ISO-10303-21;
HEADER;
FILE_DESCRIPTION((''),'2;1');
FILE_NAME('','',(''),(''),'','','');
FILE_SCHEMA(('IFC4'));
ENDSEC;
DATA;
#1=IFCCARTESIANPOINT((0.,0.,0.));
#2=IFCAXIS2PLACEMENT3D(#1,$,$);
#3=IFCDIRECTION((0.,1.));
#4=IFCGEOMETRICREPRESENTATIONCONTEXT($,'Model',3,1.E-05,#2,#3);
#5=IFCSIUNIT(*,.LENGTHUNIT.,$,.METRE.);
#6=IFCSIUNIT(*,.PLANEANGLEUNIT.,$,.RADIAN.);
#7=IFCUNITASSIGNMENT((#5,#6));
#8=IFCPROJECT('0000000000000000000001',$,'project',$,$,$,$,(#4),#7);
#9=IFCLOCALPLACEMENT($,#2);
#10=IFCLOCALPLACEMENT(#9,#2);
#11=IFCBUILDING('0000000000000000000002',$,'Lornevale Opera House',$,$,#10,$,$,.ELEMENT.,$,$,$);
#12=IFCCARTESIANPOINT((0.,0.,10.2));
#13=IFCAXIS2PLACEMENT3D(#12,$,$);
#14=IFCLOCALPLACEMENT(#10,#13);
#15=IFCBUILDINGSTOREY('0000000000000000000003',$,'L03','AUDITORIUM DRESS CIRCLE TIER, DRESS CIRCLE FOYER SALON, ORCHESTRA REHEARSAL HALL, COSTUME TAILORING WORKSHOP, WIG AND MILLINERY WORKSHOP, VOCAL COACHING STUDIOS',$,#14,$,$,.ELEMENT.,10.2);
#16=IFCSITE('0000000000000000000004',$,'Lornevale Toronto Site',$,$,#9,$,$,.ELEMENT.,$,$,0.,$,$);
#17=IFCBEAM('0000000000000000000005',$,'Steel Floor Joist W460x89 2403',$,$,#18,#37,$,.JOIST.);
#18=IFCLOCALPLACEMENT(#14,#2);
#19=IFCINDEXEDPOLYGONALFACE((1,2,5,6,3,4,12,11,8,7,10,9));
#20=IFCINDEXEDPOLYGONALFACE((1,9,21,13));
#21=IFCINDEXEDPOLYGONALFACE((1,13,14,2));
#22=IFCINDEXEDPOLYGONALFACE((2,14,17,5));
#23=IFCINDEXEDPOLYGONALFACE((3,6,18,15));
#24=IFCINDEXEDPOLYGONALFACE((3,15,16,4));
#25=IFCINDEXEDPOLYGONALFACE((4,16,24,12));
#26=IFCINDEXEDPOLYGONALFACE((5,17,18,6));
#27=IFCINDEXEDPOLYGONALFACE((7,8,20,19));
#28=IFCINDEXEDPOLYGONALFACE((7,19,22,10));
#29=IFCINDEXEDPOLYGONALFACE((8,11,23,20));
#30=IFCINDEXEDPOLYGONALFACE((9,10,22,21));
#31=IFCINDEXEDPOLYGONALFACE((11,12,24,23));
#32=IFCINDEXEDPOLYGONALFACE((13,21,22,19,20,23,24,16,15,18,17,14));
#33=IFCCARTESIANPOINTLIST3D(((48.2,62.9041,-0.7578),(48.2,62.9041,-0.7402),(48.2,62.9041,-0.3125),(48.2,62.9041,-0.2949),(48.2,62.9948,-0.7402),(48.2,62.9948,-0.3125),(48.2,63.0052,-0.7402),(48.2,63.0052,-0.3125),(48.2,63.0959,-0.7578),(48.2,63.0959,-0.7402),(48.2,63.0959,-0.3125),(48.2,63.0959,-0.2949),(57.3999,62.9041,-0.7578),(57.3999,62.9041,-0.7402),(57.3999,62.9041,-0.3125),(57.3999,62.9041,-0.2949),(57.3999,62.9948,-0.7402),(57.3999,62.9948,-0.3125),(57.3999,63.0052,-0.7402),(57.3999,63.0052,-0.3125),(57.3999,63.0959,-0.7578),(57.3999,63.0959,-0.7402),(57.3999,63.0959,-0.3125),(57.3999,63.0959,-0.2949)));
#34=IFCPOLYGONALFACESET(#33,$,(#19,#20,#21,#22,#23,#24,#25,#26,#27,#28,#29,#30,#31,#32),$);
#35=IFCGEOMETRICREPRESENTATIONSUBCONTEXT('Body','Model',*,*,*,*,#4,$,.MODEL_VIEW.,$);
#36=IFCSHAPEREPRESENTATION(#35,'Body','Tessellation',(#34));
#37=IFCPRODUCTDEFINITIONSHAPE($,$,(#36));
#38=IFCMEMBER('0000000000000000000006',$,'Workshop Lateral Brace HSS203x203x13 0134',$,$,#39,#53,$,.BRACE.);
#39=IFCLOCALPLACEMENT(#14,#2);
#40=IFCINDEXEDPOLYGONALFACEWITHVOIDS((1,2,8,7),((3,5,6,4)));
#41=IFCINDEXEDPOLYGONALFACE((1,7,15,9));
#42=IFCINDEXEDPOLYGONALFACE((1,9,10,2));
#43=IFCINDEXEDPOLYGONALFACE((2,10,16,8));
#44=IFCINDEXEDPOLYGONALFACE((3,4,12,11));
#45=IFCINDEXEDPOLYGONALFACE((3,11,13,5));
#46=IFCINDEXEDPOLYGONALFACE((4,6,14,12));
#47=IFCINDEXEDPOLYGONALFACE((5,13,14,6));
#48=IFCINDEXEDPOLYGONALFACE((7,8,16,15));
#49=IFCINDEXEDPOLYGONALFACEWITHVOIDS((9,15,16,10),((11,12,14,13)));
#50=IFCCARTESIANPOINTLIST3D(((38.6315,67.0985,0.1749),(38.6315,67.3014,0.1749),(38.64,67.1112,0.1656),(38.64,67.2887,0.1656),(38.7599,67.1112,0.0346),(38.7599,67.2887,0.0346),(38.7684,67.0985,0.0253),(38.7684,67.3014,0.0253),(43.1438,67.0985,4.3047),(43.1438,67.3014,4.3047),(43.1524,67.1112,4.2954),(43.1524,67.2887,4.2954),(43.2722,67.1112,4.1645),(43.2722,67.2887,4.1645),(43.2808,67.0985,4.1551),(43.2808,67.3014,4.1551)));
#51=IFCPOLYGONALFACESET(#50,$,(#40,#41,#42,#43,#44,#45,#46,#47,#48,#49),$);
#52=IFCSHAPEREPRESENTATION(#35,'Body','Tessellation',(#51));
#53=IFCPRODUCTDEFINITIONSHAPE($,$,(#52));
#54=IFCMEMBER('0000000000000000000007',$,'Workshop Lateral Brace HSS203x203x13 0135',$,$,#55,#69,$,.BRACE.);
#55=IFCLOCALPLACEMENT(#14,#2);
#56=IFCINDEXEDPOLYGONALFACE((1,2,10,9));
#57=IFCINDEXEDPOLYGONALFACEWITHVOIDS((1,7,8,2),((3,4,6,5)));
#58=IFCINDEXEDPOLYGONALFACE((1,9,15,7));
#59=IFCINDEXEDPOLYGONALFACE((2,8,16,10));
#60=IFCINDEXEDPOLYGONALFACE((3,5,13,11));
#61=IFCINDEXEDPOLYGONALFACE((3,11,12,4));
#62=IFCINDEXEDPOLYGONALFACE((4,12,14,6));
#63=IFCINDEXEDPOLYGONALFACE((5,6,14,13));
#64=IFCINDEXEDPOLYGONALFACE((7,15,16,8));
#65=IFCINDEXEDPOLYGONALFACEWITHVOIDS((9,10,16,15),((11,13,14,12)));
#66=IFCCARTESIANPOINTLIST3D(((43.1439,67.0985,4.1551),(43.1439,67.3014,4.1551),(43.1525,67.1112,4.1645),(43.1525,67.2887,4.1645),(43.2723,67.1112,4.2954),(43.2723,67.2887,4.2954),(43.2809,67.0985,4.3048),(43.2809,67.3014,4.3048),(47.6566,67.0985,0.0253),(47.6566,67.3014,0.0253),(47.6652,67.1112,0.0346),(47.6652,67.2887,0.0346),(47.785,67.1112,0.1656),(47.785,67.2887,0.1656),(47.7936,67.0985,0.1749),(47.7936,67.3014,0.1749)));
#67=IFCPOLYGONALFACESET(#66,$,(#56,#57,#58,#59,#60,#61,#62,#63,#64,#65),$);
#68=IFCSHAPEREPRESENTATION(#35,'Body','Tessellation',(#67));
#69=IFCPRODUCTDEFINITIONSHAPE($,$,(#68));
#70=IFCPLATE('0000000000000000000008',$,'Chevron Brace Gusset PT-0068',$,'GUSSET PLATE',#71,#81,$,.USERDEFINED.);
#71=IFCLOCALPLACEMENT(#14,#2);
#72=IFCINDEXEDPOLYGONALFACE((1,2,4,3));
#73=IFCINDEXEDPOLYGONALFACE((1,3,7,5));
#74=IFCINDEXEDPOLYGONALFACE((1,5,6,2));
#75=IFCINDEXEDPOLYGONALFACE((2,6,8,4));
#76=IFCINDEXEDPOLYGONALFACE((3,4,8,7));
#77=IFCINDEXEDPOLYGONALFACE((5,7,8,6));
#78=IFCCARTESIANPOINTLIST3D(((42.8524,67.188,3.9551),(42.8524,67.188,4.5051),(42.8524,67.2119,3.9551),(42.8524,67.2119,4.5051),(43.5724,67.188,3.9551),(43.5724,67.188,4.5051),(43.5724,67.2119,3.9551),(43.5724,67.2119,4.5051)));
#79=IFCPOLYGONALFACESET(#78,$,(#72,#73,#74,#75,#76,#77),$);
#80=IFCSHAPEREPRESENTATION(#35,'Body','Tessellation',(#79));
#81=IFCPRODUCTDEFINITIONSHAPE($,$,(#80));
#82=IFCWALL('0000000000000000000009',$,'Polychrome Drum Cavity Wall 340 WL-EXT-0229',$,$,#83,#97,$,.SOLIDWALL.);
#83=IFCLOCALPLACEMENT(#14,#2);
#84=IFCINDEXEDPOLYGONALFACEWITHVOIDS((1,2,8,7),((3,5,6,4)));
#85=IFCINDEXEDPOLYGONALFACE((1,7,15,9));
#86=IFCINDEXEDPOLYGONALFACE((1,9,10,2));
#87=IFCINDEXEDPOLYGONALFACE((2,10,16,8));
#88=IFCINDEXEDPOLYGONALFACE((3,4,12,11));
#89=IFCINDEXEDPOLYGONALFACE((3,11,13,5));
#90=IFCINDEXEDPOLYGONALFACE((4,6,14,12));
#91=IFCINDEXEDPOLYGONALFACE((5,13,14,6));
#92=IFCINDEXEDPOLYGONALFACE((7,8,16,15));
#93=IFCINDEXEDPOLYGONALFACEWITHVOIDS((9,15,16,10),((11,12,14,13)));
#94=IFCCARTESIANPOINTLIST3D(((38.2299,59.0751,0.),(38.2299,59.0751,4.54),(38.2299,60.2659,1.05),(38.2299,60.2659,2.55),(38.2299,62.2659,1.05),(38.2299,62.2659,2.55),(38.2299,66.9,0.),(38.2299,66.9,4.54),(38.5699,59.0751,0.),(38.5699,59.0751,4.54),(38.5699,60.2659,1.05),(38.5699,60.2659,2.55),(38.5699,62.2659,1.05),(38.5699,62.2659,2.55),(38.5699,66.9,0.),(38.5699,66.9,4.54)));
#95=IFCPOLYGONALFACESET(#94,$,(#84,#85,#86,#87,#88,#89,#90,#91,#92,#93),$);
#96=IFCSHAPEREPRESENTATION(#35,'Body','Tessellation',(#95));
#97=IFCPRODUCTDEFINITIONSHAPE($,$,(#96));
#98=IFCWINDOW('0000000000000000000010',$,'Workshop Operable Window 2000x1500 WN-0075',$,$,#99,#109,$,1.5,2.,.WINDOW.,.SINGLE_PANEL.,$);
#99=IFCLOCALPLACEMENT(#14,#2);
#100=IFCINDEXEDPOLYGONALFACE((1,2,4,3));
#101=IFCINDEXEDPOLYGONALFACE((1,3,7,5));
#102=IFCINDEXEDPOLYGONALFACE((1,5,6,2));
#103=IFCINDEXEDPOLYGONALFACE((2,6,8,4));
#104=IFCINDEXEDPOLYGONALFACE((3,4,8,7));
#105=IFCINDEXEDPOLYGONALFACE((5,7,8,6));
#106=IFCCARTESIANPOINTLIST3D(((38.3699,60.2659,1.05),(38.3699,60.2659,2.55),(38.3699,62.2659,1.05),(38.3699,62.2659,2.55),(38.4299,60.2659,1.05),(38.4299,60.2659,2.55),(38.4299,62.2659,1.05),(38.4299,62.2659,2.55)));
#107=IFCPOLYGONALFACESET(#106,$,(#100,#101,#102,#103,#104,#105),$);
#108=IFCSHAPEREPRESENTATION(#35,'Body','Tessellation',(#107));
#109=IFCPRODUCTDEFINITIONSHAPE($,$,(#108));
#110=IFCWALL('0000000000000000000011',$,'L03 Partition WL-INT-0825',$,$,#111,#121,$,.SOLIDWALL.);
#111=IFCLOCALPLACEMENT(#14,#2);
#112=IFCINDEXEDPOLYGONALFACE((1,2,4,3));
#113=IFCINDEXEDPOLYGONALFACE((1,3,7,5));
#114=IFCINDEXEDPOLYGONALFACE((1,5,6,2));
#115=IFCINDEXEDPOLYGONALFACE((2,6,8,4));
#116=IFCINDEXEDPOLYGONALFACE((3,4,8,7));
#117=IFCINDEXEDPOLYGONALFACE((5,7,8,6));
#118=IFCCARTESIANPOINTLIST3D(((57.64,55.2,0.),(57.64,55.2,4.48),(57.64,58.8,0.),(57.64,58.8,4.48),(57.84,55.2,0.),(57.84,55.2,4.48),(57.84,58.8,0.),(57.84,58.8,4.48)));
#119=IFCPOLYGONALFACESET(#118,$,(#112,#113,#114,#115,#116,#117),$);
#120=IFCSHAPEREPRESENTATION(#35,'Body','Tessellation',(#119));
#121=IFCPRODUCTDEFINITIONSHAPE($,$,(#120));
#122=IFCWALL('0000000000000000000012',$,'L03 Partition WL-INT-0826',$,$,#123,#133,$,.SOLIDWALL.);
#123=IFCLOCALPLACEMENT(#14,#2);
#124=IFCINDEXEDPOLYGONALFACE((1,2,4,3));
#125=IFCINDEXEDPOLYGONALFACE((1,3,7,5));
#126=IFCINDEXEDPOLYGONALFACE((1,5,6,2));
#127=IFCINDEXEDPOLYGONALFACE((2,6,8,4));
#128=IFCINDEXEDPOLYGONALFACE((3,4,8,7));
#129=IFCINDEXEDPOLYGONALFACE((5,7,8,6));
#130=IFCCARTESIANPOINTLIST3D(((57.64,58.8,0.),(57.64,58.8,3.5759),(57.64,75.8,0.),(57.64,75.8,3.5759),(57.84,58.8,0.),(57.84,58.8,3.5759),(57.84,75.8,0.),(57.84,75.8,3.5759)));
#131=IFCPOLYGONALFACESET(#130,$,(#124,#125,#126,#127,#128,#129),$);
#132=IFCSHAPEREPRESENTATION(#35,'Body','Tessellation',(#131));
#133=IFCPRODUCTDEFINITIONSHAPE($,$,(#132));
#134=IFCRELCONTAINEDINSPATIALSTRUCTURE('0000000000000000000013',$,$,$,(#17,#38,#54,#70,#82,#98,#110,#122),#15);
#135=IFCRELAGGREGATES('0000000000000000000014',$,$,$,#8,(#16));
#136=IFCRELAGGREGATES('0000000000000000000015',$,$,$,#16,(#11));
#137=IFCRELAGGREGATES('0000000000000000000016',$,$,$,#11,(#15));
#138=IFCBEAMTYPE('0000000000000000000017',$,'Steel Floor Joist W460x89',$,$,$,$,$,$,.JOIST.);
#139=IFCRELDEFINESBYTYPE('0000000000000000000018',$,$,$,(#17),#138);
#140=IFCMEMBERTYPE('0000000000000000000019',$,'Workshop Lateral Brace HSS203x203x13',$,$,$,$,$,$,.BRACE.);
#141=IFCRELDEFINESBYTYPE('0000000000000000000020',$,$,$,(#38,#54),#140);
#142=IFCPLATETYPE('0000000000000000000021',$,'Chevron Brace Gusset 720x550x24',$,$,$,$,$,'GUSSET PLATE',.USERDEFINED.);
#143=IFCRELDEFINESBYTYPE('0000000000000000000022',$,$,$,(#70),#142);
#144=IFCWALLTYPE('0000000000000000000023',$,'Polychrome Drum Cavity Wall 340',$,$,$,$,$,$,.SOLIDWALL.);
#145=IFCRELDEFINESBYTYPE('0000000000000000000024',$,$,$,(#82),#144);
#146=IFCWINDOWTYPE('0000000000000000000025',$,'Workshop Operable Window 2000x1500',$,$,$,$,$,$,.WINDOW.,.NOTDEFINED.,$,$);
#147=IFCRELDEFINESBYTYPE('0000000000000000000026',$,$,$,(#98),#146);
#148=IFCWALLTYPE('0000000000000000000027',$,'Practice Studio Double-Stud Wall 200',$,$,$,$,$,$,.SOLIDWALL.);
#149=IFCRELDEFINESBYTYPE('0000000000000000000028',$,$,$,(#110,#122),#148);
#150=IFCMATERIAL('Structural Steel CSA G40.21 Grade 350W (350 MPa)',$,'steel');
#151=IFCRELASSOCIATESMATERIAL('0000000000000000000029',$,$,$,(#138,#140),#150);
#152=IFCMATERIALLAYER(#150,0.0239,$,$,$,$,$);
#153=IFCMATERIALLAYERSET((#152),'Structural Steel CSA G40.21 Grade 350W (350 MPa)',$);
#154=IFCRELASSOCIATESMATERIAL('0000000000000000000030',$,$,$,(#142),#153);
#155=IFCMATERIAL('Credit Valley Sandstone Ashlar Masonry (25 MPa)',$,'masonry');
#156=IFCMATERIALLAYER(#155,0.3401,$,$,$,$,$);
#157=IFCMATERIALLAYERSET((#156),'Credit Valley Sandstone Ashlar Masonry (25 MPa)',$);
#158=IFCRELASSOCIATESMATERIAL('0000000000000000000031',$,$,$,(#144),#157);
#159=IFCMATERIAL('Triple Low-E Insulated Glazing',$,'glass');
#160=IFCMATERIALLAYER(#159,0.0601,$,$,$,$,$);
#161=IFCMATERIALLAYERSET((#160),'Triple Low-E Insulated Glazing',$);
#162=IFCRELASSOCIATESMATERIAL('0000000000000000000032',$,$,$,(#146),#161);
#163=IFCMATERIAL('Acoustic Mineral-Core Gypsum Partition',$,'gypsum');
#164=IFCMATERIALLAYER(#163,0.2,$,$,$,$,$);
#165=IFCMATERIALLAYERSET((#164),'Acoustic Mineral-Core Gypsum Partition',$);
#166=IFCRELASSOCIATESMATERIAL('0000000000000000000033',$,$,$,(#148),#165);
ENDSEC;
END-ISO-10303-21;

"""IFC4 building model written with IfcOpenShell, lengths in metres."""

from ifc_helpers import new_model, si_unit, direction, frame, frame_2d, origin, origin_2d, place, context, subcontext, project, spatial, rectangle, hollow_rectangle, i_section, extrude, material, layer, layer_set, material_profile, profile_set, type_object, element, fill, save


model = new_model("IFC4")

# Units and contexts
model_context = context("Model", 3, precision=1e-05, world=origin(), true_north=direction((0.0, 1.0)))
body_context = subcontext(model_context, "Body", "Model", "MODEL_VIEW")
ifc_project = project(units=[si_unit("LENGTHUNIT", "METRE"), si_unit("PLANEANGLEUNIT", "RADIAN")], contexts=[model_context])

# Site, building, storey
site_placement = place(None, origin())
site = spatial("IfcSite", under=ifc_project, at=site_placement, Name="Lornevale Toronto Site", CompositionType="ELEMENT", RefElevation=0.0)
building_placement = place(site_placement, origin())
building = spatial("IfcBuilding", under=site, at=building_placement, Name="Lornevale Opera House", CompositionType="ELEMENT")
storey_placement = place(building_placement, frame((0.0, 0.0, 10.2)))
storey = spatial("IfcBuildingStorey", under=building, at=storey_placement, Name="L03", Description="AUDITORIUM DRESS CIRCLE TIER, DRESS CIRCLE FOYER SALON, ORCHESTRA REHEARSAL HALL, COSTUME TAILORING WORKSHOP, WIG AND MILLINERY WORKSHOP, VOCAL COACHING STUDIOS", CompositionType="ELEMENT", Elevation=10.2)

# Beam
ifc_material_1 = material(Name="Structural Steel CSA G40.21 Grade 350W (350 MPa)", Category="steel")
ifc_material_profile_1 = material_profile(ifc_material_1, i_section(OverallWidth=0.1919, OverallDepth=0.4629, WebThickness=0.0105, FlangeThickness=0.0176, at=origin_2d()), Name="W460x89")
ifc_profile_set_1 = profile_set([ifc_material_profile_1], Name="Structural Steel CSA G40.21 Grade 350W (350 MPa)")
beam_type_1 = type_object("IfcBeamType", Name="Steel Floor Joist W460x89", PredefinedType="JOIST", material=ifc_profile_set_1)
for number, where, z_axis, x_axis, name in (
    (1, (48.2, 63.0, -0.5264), (1.0, 0.0, 0.0), (0.0, 1.0, 0.0), "Steel Floor Joist W460x89 2403"),
):
    element("IfcBeam", number, at=place(storey_placement, frame(where, z_axis=z_axis, x_axis=x_axis)), inside=storey, type_object=beam_type_1, Name=name, PredefinedType="JOIST", context=body_context, shape_type="SweptSolid", body=[
        extrude(i_section(OverallWidth=0.1919, OverallDepth=0.4629, WebThickness=0.0105, FlangeThickness=0.0176, at=origin_2d()), origin(), (0.0, 0.0, 1.0), 9.2),
    ])

# Members
ifc_material_profile_2 = material_profile(ifc_material_1, hollow_rectangle(XDim=0.2029, YDim=0.2029, WallThickness=0.0127, at=origin_2d()), Name="HSS203x203x13")
ifc_profile_set_2 = profile_set([ifc_material_profile_2], Name="Structural Steel CSA G40.21 Grade 350W (350 MPa)")
member_type = type_object("IfcMemberType", Name="Workshop Lateral Brace HSS203x203x13", PredefinedType="BRACE", material=ifc_profile_set_2)
member_1_placement = place(storey_placement, frame((38.7, 67.2, 0.1001), z_axis=(0.737686, 0.0, 0.675144), x_axis=(0.0, 1.0, 0.0)))
element("IfcMember", 2, at=member_1_placement, inside=storey, type_object=member_type, Name="Workshop Lateral Brace HSS203x203x13 0134", PredefinedType="BRACE", context=body_context, shape_type="SweptSolid", body=[
    extrude(hollow_rectangle(XDim=0.2029, YDim=0.2029, WallThickness=0.0127, at=origin_2d()), origin(), (0.0, 0.0, 1.0), 6.1169),
])
member_2_placement = place(storey_placement, frame((47.7251, 67.2, 0.1001), z_axis=(-0.737704, 0.0, 0.675124), x_axis=(0.0, -1.0, 0.0)))
element("IfcMember", 3, at=member_2_placement, inside=storey, type_object=member_type, Name="Workshop Lateral Brace HSS203x203x13 0135", PredefinedType="BRACE", context=body_context, shape_type="SweptSolid", body=[
    extrude(hollow_rectangle(XDim=0.2029, YDim=0.2029, WallThickness=0.0127, at=origin_2d()), origin(), (0.0, 0.0, 1.0), 6.1172),
])

# Plate
ifc_layer_1 = layer(ifc_material_1, 0.0239)
ifc_layer_set_1 = layer_set([ifc_layer_1], Name="Structural Steel CSA G40.21 Grade 350W (350 MPa)")
plate_type = type_object("IfcPlateType", Name="Chevron Brace Gusset 720x550x24", ElementType="GUSSET PLATE", PredefinedType="USERDEFINED", material=ifc_layer_set_1)
plate_placement = place(storey_placement, frame((43.2124, 67.2, 3.9551), z_axis=(0.0, 0.0, 1.0), x_axis=(1.0, 0.0, 0.0)))
element("IfcPlate", 4, at=plate_placement, inside=storey, type_object=plate_type, Name="Chevron Brace Gusset PT-0068", ObjectType="GUSSET PLATE", PredefinedType="USERDEFINED", context=body_context, shape_type="SweptSolid", body=[
    extrude(rectangle(XDim=0.72, YDim=0.0239, at=origin_2d()), origin(), (0.0, 0.0, 1.0), 0.55),
])

# Wall, opening, window
ifc_material_2 = material(Name="Credit Valley Sandstone Ashlar Masonry (25 MPa)", Category="masonry")
ifc_layer_2 = layer(ifc_material_2, 0.3401)
ifc_layer_set_2 = layer_set([ifc_layer_2], Name="Credit Valley Sandstone Ashlar Masonry (25 MPa)")
wall_type_1 = type_object("IfcWallType", Name="Polychrome Drum Cavity Wall 340", PredefinedType="SOLIDWALL", material=ifc_layer_set_2)
wall_1_placement = place(storey_placement, frame((38.3999, 59.075, 0.0), z_axis=(0.0, 0.0, 1.0), x_axis=(0.0, 1.0, 0.0)))
wall_1 = element("IfcWall", 5, at=wall_1_placement, inside=storey, type_object=wall_type_1, Name="Polychrome Drum Cavity Wall 340 WL-EXT-0229", PredefinedType="SOLIDWALL", context=body_context, shape_type="SweptSolid", body=[
    extrude(rectangle(XDim=7.825, YDim=0.3401, at=frame_2d((3.9126, 0.0))), origin(), (0.0, 0.0, 1.0), 4.54),
])
opening_placement = place(wall_1_placement, frame((1.1909, 0.0, 1.05)))
opening = element("IfcOpeningElement", 6, at=opening_placement, cuts=wall_1, PredefinedType="OPENING", context=body_context, shape_type="SweptSolid", body=[
    extrude(rectangle(XDim=2.0, YDim=1.5, at=frame_2d((1.0, 0.75))), frame((0.0, 0.1799, 0.0), z_axis=(0.0, -1.0, 0.0), x_axis=(1.0, 0.0, 0.0)), (0.0, 0.0, 1.0), 0.3601),
])
ifc_material_3 = material(Name="Triple Low-E Insulated Glazing", Category="glass")
ifc_layer_3 = layer(ifc_material_3, 0.0601)
ifc_layer_set_3 = layer_set([ifc_layer_3], Name="Triple Low-E Insulated Glazing")
window_type = type_object("IfcWindowType", Name="Workshop Operable Window 2000x1500", PartitioningType="NOTDEFINED", PredefinedType="WINDOW", material=ifc_layer_set_3)
window_placement = place(opening_placement, origin())
window = element("IfcWindow", 7, at=window_placement, inside=storey, type_object=window_type, Name="Workshop Operable Window 2000x1500 WN-0075", OverallHeight=1.5, OverallWidth=2.0, PartitioningType="SINGLE_PANEL", PredefinedType="WINDOW", context=body_context, shape_type="SweptSolid", body=[
    extrude(rectangle(XDim=2.0, YDim=1.5, at=frame_2d((1.0, 0.75))), frame((0.0, 0.03, 0.0), z_axis=(0.0, -1.0, 0.0), x_axis=(1.0, 0.0, 0.0)), (0.0, 0.0, 1.0), 0.0601),
])
fill(opening, window)

# Walls
ifc_material_4 = material(Name="Acoustic Mineral-Core Gypsum Partition", Category="gypsum")
ifc_layer_4 = layer(ifc_material_4, 0.2)
ifc_layer_set_4 = layer_set([ifc_layer_4], Name="Acoustic Mineral-Core Gypsum Partition")
wall_type_2 = type_object("IfcWallType", Name="Practice Studio Double-Stud Wall 200", PredefinedType="SOLIDWALL", material=ifc_layer_set_4)
wall_2_placement = place(storey_placement, frame((57.74, 55.2, 0.0), z_axis=(0.0, 0.0, 1.0), x_axis=(0.0, 1.0, 0.0)))
element("IfcWall", 8, at=wall_2_placement, inside=storey, type_object=wall_type_2, Name="L03 Partition WL-INT-0825", PredefinedType="SOLIDWALL", context=body_context, shape_type="SweptSolid", body=[
    extrude(rectangle(XDim=3.6001, YDim=0.2, at=frame_2d((1.8, 0.0))), origin(), (0.0, 0.0, 1.0), 4.48),
])
wall_3_placement = place(storey_placement, frame((57.74, 58.8, 0.0), z_axis=(0.0, 0.0, 1.0), x_axis=(0.0, 1.0, 0.0)))
element("IfcWall", 9, at=wall_3_placement, inside=storey, type_object=wall_type_2, Name="L03 Partition WL-INT-0826", PredefinedType="SOLIDWALL", context=body_context, shape_type="SweptSolid", body=[
    extrude(rectangle(XDim=17.0, YDim=0.2, at=frame_2d((8.5, 0.0))), origin(), (0.0, 0.0, 1.0), 3.5759),
])

save(model, "model.ifc")
